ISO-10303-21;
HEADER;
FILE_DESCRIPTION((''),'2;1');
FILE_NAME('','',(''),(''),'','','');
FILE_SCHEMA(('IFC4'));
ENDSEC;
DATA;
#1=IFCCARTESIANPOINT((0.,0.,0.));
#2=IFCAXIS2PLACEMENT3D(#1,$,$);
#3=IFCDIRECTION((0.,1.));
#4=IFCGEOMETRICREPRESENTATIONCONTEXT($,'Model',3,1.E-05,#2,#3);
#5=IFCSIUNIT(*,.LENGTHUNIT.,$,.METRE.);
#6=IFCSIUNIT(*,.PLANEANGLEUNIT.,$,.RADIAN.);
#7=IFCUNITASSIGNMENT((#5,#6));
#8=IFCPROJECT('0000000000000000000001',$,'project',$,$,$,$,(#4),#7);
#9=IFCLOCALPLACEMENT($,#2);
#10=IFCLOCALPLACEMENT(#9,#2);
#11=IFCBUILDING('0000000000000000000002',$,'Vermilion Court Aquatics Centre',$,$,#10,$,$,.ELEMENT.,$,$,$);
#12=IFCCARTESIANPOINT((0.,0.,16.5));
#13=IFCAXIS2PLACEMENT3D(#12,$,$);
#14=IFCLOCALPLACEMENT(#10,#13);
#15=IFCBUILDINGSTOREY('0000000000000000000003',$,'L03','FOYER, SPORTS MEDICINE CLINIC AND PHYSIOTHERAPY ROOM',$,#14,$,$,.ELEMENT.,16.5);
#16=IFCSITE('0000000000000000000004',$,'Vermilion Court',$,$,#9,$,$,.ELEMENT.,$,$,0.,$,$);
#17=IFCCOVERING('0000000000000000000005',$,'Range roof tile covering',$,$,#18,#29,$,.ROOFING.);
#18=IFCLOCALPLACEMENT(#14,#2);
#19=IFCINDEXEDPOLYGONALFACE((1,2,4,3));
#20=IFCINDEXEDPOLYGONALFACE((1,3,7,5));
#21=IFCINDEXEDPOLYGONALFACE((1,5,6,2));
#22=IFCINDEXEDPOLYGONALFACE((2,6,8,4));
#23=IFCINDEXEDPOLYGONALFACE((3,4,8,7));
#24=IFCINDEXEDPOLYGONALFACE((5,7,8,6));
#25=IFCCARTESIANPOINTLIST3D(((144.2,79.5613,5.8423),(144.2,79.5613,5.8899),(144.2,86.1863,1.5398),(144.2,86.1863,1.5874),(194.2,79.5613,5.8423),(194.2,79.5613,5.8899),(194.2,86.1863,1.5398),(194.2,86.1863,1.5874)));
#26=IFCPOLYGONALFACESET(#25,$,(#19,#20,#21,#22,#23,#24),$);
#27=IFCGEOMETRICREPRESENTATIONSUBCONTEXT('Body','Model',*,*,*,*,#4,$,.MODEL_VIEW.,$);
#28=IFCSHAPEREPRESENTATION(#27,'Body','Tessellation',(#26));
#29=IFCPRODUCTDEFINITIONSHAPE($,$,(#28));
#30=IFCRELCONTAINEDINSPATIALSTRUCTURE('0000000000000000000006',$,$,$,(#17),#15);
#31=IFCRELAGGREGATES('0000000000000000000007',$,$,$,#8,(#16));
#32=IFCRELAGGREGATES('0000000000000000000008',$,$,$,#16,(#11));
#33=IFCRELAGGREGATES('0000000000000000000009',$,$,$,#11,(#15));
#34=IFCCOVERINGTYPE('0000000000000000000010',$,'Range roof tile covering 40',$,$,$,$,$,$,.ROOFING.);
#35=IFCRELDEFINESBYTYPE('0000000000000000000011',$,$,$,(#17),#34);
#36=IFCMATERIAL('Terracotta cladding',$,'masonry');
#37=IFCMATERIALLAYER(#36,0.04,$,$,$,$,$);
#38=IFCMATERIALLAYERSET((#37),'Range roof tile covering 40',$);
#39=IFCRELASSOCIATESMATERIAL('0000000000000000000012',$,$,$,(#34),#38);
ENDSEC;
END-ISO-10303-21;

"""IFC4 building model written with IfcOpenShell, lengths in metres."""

from ifc_helpers import new_model, si_unit, direction, frame, origin, place, context, subcontext, project, spatial, polyline, outline, extrude, material, layer, layer_set, type_object, element, save


model = new_model("IFC4")

# Units and contexts
model_context = context("Model", 3, precision=1e-05, world=origin(), true_north=direction((0.0, 1.0)))
body_context = subcontext(model_context, "Body", "Model", "MODEL_VIEW")
ifc_project = project(units=[si_unit("LENGTHUNIT", "METRE"), si_unit("PLANEANGLEUNIT", "RADIAN")], contexts=[model_context])

# Site, building, storey
site_placement = place(None, origin())
site = spatial("IfcSite", under=ifc_project, at=site_placement, Name="Vermilion Court", CompositionType="ELEMENT", RefElevation=0.0)
building_placement = place(site_placement, origin())
building = spatial("IfcBuilding", under=site, at=building_placement, Name="Vermilion Court Aquatics Centre", CompositionType="ELEMENT")
storey_placement = place(building_placement, frame((0.0, 0.0, 16.5)))
storey = spatial("IfcBuildingStorey", under=building, at=storey_placement, Name="L03", Description="FOYER, SPORTS MEDICINE CLINIC AND PHYSIOTHERAPY ROOM", CompositionType="ELEMENT", Elevation=16.5)

# Covering
ifc_material_1 = material(Name="Terracotta cladding", Category="masonry")
ifc_layer_1 = layer(ifc_material_1, 0.04)
ifc_layer_set_1 = layer_set([ifc_layer_1], Name="Range roof tile covering 40")
covering_type = type_object("IfcCoveringType", Name="Range roof tile covering 40", PredefinedType="ROOFING", material=ifc_layer_set_1)
covering_1_placement = place(storey_placement, frame((144.2, 86.1863, 1.5874), z_axis=(0.0, 0.544654, 0.838661), x_axis=(1.0, 0.0, 0.0)))
element("IfcCovering", 1, at=covering_1_placement, inside=storey, type_object=covering_type, Name="Range roof tile covering", PredefinedType="ROOFING", context=body_context, shape_type="SweptSolid", body=[
    extrude(outline(polyline([(0.0, 0.0), (50.0, 0.0), (50.0, -7.8995), (0.0, -7.8995), (0.0, 0.0)])), origin(), (0.0, 0.544654, -0.838661), 0.0476),
])

save(model, "model.ifc")
